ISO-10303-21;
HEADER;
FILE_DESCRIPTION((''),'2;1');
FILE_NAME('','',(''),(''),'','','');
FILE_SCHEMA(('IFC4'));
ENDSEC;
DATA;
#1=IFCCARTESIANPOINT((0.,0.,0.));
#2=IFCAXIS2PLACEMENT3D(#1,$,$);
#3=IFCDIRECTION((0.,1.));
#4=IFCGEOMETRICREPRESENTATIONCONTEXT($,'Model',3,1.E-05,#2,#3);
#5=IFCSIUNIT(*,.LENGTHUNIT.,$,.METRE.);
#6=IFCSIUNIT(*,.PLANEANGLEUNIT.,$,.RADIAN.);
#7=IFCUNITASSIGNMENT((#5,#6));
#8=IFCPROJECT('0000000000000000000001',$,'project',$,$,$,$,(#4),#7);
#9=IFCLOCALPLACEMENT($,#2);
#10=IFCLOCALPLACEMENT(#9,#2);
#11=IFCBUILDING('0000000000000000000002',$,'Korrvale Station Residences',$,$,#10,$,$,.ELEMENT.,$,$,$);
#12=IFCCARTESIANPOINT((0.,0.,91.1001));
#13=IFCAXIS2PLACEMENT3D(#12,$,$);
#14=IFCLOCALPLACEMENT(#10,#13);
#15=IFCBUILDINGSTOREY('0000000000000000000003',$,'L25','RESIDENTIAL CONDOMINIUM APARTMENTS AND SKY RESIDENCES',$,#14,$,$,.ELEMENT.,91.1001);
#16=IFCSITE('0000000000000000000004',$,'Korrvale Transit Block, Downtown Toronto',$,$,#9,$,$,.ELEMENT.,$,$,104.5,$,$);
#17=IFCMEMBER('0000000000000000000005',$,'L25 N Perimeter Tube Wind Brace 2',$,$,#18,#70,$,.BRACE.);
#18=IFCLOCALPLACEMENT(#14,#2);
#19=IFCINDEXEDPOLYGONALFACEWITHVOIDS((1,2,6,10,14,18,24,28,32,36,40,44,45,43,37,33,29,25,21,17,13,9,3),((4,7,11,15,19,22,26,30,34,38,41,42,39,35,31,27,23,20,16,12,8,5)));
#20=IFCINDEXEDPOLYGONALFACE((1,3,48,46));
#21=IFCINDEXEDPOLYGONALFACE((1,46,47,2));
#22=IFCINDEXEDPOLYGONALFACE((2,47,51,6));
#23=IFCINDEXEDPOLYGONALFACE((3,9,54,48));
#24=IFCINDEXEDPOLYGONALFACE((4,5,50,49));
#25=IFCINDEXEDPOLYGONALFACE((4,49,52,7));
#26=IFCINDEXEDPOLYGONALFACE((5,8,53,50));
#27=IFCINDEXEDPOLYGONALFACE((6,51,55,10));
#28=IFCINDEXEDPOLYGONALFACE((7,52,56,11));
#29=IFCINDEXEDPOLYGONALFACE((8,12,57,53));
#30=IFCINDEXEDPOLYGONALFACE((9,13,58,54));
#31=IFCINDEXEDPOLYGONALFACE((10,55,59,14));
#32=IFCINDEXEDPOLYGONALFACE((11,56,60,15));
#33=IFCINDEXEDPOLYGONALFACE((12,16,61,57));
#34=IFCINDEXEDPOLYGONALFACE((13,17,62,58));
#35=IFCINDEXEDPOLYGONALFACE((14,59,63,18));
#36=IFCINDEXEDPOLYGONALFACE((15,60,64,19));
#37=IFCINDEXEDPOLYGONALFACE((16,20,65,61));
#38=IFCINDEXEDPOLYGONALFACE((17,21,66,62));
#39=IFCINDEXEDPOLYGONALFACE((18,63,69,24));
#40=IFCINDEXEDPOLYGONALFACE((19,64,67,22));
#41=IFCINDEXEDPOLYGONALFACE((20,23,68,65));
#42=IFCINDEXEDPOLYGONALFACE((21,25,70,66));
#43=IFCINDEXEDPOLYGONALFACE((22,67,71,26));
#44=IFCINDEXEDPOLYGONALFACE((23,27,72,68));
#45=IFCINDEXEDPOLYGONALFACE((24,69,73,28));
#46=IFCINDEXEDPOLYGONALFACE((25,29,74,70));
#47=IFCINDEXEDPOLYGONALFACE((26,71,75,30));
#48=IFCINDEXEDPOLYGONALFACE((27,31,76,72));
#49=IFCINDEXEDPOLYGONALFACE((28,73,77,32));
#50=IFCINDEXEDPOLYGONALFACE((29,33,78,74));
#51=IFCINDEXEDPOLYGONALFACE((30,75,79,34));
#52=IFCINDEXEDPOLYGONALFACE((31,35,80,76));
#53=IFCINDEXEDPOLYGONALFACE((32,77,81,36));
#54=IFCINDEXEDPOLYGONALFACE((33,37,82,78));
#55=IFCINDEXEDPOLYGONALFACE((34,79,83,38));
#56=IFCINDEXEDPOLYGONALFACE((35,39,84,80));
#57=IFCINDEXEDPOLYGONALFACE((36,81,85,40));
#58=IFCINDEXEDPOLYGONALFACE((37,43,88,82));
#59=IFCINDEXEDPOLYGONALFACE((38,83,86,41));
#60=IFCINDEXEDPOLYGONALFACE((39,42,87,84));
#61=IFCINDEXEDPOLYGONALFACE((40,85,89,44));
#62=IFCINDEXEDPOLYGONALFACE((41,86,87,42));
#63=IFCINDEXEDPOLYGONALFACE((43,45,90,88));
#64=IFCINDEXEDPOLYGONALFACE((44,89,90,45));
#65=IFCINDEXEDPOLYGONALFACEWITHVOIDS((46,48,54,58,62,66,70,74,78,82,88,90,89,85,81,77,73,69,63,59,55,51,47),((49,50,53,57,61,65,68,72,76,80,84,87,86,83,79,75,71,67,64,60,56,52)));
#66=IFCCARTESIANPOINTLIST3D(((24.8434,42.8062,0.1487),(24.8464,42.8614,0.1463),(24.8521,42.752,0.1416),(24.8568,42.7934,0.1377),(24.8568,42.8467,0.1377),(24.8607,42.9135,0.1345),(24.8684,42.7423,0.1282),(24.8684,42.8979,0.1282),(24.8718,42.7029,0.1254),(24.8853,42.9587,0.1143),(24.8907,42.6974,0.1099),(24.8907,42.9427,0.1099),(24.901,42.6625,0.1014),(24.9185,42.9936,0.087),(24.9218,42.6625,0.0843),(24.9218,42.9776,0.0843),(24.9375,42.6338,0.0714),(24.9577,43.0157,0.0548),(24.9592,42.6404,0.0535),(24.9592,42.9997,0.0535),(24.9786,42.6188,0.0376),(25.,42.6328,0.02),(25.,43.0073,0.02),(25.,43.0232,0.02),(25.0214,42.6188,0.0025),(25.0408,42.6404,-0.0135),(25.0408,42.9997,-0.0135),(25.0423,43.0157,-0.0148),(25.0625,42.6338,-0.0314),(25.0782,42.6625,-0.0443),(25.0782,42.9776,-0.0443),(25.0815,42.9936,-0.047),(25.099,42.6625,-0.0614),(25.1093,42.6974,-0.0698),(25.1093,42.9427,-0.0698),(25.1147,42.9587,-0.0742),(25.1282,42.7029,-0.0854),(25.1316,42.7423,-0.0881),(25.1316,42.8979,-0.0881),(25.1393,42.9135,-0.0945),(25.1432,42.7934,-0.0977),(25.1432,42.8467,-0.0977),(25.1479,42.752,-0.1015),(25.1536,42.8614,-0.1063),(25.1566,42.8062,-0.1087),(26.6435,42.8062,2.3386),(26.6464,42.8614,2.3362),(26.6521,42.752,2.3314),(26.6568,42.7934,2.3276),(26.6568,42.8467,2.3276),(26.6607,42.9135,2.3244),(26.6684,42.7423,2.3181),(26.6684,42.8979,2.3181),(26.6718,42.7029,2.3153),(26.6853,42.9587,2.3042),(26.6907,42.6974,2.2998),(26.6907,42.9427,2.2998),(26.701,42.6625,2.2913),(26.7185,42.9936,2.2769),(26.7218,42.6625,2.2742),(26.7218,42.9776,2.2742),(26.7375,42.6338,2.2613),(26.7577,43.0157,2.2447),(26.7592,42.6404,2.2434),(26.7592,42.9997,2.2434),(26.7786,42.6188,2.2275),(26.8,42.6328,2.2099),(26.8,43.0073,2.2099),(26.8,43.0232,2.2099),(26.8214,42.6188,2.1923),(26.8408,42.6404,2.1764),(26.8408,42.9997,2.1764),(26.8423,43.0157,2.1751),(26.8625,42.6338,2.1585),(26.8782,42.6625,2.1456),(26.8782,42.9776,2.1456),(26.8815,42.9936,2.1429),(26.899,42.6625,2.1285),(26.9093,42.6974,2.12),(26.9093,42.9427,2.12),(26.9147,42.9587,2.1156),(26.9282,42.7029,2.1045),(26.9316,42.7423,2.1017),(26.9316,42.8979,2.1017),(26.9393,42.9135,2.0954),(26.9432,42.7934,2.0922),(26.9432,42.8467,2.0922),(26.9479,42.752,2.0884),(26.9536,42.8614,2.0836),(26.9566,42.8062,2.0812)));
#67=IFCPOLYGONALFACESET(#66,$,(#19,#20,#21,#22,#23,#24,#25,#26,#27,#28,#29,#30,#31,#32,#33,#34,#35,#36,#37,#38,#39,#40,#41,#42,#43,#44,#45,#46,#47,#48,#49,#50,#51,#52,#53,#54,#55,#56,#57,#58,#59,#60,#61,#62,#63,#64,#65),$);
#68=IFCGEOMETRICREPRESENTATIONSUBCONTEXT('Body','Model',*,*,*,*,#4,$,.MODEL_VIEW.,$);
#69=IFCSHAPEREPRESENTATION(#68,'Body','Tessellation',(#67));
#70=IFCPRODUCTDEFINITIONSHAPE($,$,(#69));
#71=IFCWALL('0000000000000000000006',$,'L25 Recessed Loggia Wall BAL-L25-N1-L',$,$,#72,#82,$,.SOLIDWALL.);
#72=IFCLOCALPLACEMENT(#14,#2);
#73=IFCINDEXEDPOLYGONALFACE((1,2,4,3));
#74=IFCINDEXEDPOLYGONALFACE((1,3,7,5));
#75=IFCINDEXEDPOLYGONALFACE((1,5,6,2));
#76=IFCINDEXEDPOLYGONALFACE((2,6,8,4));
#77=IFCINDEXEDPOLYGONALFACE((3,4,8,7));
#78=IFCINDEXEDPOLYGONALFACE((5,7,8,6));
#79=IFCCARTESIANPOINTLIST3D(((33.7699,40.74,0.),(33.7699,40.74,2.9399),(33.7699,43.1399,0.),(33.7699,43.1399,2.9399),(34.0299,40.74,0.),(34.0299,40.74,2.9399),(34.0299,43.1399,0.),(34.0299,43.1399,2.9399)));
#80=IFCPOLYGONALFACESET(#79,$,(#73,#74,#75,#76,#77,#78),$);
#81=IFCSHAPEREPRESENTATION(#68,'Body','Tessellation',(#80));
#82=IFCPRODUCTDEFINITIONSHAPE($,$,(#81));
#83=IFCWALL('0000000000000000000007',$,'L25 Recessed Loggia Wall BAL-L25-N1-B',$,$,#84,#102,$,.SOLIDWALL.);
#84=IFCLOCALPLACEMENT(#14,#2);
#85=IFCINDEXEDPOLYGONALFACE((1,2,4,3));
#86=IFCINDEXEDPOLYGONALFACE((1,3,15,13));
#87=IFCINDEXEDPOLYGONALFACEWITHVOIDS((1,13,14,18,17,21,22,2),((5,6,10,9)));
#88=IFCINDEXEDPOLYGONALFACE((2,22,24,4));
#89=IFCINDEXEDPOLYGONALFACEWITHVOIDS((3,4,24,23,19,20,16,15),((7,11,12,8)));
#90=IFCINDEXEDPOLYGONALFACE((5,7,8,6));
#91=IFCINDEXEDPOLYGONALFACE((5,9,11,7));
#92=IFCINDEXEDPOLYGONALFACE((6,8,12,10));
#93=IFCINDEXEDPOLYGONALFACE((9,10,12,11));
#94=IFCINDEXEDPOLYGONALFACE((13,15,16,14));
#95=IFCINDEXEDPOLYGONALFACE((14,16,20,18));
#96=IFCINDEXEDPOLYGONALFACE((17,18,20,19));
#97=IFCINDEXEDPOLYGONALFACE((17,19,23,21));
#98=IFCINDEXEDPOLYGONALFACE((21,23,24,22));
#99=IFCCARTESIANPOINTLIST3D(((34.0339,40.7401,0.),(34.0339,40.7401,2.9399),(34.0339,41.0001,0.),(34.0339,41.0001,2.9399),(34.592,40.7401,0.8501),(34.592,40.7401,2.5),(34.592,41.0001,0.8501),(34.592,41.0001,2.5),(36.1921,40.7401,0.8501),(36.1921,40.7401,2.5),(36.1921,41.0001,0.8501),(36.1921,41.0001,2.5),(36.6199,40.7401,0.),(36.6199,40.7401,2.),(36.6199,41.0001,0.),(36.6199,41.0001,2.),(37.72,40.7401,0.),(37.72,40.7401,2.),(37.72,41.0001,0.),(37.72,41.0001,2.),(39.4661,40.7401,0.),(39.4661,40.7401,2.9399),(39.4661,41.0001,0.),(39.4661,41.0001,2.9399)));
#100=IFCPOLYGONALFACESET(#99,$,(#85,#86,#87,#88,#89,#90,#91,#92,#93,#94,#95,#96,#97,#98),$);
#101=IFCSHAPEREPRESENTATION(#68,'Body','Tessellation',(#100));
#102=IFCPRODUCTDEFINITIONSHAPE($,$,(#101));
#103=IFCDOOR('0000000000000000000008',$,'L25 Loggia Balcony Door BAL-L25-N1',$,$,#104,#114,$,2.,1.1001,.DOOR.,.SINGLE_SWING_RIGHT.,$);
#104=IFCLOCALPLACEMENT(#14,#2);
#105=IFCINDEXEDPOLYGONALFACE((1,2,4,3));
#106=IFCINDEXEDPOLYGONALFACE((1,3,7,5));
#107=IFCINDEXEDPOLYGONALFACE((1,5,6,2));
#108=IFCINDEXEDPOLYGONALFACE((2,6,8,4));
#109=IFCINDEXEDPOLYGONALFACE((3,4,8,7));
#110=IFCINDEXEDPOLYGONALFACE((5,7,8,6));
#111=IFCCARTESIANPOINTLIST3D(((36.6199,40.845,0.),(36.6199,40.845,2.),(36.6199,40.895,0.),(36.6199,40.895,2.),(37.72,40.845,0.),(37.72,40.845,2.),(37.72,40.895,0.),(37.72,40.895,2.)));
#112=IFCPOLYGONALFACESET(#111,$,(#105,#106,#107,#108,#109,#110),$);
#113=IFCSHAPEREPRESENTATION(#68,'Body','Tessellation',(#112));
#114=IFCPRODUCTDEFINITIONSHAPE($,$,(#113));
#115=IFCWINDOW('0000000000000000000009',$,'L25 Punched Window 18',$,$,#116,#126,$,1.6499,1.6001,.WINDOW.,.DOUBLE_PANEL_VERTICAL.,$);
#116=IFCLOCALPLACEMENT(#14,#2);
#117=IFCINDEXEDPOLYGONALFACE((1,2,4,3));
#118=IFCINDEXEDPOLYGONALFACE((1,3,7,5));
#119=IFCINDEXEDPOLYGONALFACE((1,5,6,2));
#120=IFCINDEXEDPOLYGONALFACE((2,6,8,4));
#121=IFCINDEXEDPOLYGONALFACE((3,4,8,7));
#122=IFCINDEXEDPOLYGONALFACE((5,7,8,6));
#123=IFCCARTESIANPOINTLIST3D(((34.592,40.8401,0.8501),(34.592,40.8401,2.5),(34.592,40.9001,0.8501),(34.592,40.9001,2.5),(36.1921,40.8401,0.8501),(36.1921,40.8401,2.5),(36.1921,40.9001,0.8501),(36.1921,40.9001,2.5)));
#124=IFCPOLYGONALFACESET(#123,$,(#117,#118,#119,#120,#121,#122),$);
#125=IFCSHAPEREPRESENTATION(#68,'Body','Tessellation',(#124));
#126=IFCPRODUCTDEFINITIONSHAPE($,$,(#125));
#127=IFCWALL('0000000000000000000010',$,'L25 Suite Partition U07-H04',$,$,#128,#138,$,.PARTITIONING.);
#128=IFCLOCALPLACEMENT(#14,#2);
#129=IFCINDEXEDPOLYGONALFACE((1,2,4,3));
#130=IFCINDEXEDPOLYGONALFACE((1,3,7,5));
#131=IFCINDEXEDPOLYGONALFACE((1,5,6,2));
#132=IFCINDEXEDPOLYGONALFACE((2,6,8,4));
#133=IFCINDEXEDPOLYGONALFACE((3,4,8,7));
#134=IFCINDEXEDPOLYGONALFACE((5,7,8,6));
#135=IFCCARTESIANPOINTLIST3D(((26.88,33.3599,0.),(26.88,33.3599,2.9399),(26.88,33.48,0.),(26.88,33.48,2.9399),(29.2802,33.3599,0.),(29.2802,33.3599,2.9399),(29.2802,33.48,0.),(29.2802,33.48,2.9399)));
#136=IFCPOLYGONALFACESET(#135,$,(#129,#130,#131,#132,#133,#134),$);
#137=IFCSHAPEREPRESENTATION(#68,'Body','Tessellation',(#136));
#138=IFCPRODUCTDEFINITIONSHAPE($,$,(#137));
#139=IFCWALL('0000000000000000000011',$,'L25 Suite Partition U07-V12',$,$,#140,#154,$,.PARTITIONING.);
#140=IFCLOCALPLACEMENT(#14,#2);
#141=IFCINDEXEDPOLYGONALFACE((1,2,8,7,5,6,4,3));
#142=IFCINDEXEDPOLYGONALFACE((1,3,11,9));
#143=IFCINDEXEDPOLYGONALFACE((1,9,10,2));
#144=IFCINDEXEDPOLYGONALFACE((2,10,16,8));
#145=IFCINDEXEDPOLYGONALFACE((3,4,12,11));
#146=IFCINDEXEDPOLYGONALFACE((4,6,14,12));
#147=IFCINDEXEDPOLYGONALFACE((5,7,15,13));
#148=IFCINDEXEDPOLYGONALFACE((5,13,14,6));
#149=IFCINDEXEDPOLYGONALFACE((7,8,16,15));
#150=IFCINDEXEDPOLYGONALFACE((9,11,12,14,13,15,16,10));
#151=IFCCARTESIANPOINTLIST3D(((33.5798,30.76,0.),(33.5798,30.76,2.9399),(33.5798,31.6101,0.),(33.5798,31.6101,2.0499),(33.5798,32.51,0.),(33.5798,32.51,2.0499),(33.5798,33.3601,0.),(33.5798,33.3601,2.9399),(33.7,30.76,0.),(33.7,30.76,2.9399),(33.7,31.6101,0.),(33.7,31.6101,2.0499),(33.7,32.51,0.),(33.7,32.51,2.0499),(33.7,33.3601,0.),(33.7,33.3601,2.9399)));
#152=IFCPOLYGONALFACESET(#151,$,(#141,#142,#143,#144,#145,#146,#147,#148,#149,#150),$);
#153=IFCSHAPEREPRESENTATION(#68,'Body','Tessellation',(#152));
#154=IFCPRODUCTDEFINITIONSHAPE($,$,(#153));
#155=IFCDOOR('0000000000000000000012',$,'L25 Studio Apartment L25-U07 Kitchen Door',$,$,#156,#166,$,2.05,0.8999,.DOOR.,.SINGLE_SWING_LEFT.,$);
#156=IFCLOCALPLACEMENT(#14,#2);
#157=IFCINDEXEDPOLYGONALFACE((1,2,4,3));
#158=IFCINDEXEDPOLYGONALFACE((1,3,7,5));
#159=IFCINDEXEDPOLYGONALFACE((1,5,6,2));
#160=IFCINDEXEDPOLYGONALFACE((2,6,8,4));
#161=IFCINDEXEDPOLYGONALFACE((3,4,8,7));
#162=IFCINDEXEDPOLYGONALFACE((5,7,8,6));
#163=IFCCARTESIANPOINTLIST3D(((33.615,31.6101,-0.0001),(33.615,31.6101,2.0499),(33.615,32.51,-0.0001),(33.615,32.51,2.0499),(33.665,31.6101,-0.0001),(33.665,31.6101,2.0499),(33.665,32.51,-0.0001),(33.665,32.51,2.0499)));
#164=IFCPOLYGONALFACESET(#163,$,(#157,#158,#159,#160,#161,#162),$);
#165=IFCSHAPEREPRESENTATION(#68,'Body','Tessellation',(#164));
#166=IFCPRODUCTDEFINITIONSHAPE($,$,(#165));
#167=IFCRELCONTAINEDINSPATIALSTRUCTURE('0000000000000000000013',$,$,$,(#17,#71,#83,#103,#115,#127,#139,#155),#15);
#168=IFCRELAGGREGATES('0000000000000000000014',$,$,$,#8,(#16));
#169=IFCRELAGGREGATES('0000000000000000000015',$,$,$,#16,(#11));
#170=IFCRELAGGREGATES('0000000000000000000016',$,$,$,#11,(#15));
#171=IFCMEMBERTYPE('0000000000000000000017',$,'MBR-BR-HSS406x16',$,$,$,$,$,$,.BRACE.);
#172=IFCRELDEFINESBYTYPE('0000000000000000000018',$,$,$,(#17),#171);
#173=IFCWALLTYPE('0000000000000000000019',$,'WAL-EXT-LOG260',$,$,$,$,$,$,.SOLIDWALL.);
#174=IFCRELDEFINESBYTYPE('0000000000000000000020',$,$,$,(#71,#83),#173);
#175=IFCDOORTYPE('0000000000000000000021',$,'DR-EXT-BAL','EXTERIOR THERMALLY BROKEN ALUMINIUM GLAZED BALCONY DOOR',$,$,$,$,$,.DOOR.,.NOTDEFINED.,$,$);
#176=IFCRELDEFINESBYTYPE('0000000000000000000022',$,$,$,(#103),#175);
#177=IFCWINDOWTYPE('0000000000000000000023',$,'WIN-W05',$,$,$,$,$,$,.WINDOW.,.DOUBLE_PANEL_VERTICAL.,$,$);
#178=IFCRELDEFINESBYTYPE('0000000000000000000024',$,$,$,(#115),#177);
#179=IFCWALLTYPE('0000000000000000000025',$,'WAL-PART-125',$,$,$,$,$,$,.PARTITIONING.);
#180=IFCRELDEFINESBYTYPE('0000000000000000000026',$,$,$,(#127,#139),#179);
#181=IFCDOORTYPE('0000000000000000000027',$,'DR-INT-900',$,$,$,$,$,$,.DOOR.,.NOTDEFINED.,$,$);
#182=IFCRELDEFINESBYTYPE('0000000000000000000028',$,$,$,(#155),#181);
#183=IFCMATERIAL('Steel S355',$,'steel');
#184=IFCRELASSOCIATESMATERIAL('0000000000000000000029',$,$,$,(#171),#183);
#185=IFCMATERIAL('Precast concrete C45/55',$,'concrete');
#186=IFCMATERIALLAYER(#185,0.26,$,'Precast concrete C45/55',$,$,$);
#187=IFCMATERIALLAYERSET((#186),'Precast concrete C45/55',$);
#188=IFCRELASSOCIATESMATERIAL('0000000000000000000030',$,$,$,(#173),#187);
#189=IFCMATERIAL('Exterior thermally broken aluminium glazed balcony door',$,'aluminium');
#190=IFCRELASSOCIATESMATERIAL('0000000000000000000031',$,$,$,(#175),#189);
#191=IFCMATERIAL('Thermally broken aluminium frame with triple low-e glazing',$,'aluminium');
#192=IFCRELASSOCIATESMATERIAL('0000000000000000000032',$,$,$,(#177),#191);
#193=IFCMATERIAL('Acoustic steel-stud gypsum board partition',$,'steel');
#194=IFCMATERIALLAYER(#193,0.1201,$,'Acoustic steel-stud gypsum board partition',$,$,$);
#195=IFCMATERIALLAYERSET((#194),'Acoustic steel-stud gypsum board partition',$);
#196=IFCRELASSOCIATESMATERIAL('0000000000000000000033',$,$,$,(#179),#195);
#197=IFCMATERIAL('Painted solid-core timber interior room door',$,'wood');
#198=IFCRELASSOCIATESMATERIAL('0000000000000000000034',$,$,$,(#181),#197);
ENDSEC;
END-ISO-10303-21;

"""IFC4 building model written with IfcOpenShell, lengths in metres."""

from ifc_helpers import new_model, si_unit, direction, frame, frame_2d, origin, origin_2d, place, context, subcontext, project, spatial, rectangle, hollow_circle, extrude, material, layer, layer_set, material_profile, profile_set, type_object, element, fill, save


model = new_model("IFC4")

# Units and contexts
model_context = context("Model", 3, precision=1e-05, world=origin(), true_north=direction((0.0, 1.0)))
body_context = subcontext(model_context, "Body", "Model", "MODEL_VIEW")
ifc_project = project(units=[si_unit("LENGTHUNIT", "METRE"), si_unit("PLANEANGLEUNIT", "RADIAN")], contexts=[model_context])

# Site, building, storey
site_placement = place(None, origin())
site = spatial("IfcSite", under=ifc_project, at=site_placement, Name="Korrvale Transit Block, Downtown Toronto", CompositionType="ELEMENT", RefElevation=104.5)
building_placement = place(site_placement, origin())
building = spatial("IfcBuilding", under=site, at=building_placement, Name="Korrvale Station Residences", CompositionType="ELEMENT")
storey_placement = place(building_placement, frame((0.0, 0.0, 91.1001)))
storey = spatial("IfcBuildingStorey", under=building, at=storey_placement, Name="L25", Description="RESIDENTIAL CONDOMINIUM APARTMENTS AND SKY RESIDENCES", CompositionType="ELEMENT", Elevation=91.1001)

# Shared definitions
ifc_material_1 = material(Name="Steel S355", Category="steel")

# Member
ifc_material_profile_1 = material_profile(ifc_material_1, hollow_circle(Radius=0.2031, WallThickness=0.0159, at=origin_2d()), Name="HSS406x16")
ifc_profile_set_1 = profile_set([ifc_material_profile_1], Name="Steel S355")
member_type = type_object("IfcMemberType", Name="MBR-BR-HSS406x16", PredefinedType="BRACE", material=ifc_profile_set_1)
for number, where, z_axis, x_axis, name in (
    (1, (25.0, 42.8201, 0.02), (0.634985, 0.0, 0.772524), (0.0, 1.0, 0.0), "L25 N Perimeter Tube Wind Brace 2"),
):
    element("IfcMember", number, at=place(storey_placement, frame(where, z_axis=z_axis, x_axis=x_axis)), inside=storey, type_object=member_type, Name=name, PredefinedType="BRACE", context=body_context, shape_type="SweptSolid", body=[
        extrude(hollow_circle(Radius=0.2031, WallThickness=0.0159, at=origin_2d()), origin(), (0.0, 0.0, 1.0), 2.8347),
    ])

# Wall
ifc_material_2 = material(Name="Precast concrete C45/55", Category="concrete")
ifc_layer_1 = layer(ifc_material_2, 0.26, Name="Precast concrete C45/55")
ifc_layer_set_1 = layer_set([ifc_layer_1], Name="Precast concrete C45/55")
wall_type_1 = type_object("IfcWallType", Name="WAL-EXT-LOG260", PredefinedType="SOLIDWALL", material=ifc_layer_set_1)
wall_1_placement = place(storey_placement, frame((33.8999, 43.1399, 0.0), z_axis=(0.0, 0.0, 1.0), x_axis=(0.0, -1.0, 0.0)))
element("IfcWall", 2, at=wall_1_placement, inside=storey, type_object=wall_type_1, Name="L25 Recessed Loggia Wall BAL-L25-N1-L", PredefinedType="SOLIDWALL", context=body_context, shape_type="SweptSolid", body=[
    extrude(rectangle(XDim=2.3999, YDim=0.26, at=frame_2d((1.2, 0.0))), origin(), (0.0, 0.0, 1.0), 2.9399),
])

# Wall, openings, door, window
wall_2_placement = place(storey_placement, frame((34.0339, 40.8701, 0.0), z_axis=(0.0, 0.0, 1.0), x_axis=(1.0, 0.0, 0.0)))
wall_2 = element("IfcWall", 3, at=wall_2_placement, inside=storey, type_object=wall_type_1, Name="L25 Recessed Loggia Wall BAL-L25-N1-B", PredefinedType="SOLIDWALL", context=body_context, shape_type="SweptSolid", body=[
    extrude(rectangle(XDim=5.4321, YDim=0.26, at=frame_2d((2.7161, 0.0))), origin(), (0.0, 0.0, 1.0), 2.9399),
])
opening_1_placement = place(wall_2_placement, frame((2.5859, 0.0, 0.0)))
opening_1 = element("IfcOpeningElement", 4, at=opening_1_placement, cuts=wall_2, PredefinedType="OPENING", context=body_context, shape_type="SweptSolid", body=[
    extrude(rectangle(XDim=1.1001, YDim=2.0, at=frame_2d((0.55, 1.0))), frame((0.0, 0.1401, 0.0), z_axis=(0.0, -1.0, 0.0), x_axis=(1.0, 0.0, 0.0)), (0.0, 0.0, 1.0), 0.28),
])
opening_2_placement = place(wall_2_placement, frame((0.5581, 0.0, 0.8501)))
opening_2 = element("IfcOpeningElement", 5, at=opening_2_placement, cuts=wall_2, PredefinedType="OPENING", context=body_context, shape_type="SweptSolid", body=[
    extrude(rectangle(XDim=1.6001, YDim=1.6499, at=frame_2d((0.8, 0.825))), frame((0.0, 0.1401, 0.0), z_axis=(0.0, -1.0, 0.0), x_axis=(1.0, 0.0, 0.0)), (0.0, 0.0, 1.0), 0.28),
])
ifc_material_3 = material(Name="Exterior thermally broken aluminium glazed balcony door", Category="aluminium")
door_type_1 = type_object("IfcDoorType", Name="DR-EXT-BAL", Description="EXTERIOR THERMALLY BROKEN ALUMINIUM GLAZED BALCONY DOOR", OperationType="NOTDEFINED", PredefinedType="DOOR", material=ifc_material_3)
door_1_placement = place(opening_1_placement, origin())
door_1 = element("IfcDoor", 6, at=door_1_placement, inside=storey, type_object=door_type_1, Name="L25 Loggia Balcony Door BAL-L25-N1", OperationType="SINGLE_SWING_RIGHT", OverallHeight=2.0, OverallWidth=1.1001, PredefinedType="DOOR", context=body_context, shape_type="SweptSolid", body=[
    extrude(rectangle(XDim=1.1001, YDim=2.0, at=frame_2d((0.55, 1.0))), frame((0.0, 0.0249, 0.0), z_axis=(0.0, -1.0, 0.0), x_axis=(1.0, 0.0, 0.0)), (0.0, 0.0, 1.0), 0.05),
])
fill(opening_1, door_1)
ifc_material_4 = material(Name="Thermally broken aluminium frame with triple low-e glazing", Category="aluminium")
window_type = type_object("IfcWindowType", Name="WIN-W05", PartitioningType="DOUBLE_PANEL_VERTICAL", PredefinedType="WINDOW", material=ifc_material_4)
window_placement = place(opening_2_placement, origin())
window = element("IfcWindow", 7, at=window_placement, inside=storey, type_object=window_type, Name="L25 Punched Window 18", OverallHeight=1.6499, OverallWidth=1.6001, PartitioningType="DOUBLE_PANEL_VERTICAL", PredefinedType="WINDOW", context=body_context, shape_type="SweptSolid", body=[
    extrude(rectangle(XDim=1.6001, YDim=1.6499, at=frame_2d((0.8, 0.825))), frame((0.0, 0.03, 0.0), z_axis=(0.0, -1.0, 0.0), x_axis=(1.0, 0.0, 0.0)), (0.0, 0.0, 1.0), 0.0601),
])
fill(opening_2, window)

# Wall
ifc_material_5 = material(Name="Acoustic steel-stud gypsum board partition", Category="steel")
ifc_layer_2 = layer(ifc_material_5, 0.1201, Name="Acoustic steel-stud gypsum board partition")
ifc_layer_set_2 = layer_set([ifc_layer_2], Name="Acoustic steel-stud gypsum board partition")
wall_type_2 = type_object("IfcWallType", Name="WAL-PART-125", PredefinedType="PARTITIONING", material=ifc_layer_set_2)
wall_3_placement = place(storey_placement, frame((26.8799, 33.4199, 0.0), z_axis=(0.0, 0.0, 1.0), x_axis=(1.0, 0.0, 0.0)))
element("IfcWall", 8, at=wall_3_placement, inside=storey, type_object=wall_type_2, Name="L25 Suite Partition U07-H04", PredefinedType="PARTITIONING", context=body_context, shape_type="SweptSolid", body=[
    extrude(rectangle(XDim=2.4001, YDim=0.1201, at=frame_2d((1.2002, 0.0))), origin(), (0.0, 0.0, 1.0), 2.9399),
])

# Wall, opening, door
wall_4_placement = place(storey_placement, frame((33.6399, 30.76, 0.0), z_axis=(0.0, 0.0, 1.0), x_axis=(0.0, 1.0, 0.0)))
wall_4 = element("IfcWall", 9, at=wall_4_placement, inside=storey, type_object=wall_type_2, Name="L25 Suite Partition U07-V12", PredefinedType="PARTITIONING", context=body_context, shape_type="SweptSolid", body=[
    extrude(rectangle(XDim=2.6001, YDim=0.1201, at=frame_2d((1.3, 0.0))), origin(), (0.0, 0.0, 1.0), 2.9399),
])
opening_3_placement = place(wall_4_placement, frame((0.8501, 0.0, 0.0)))
opening_3 = element("IfcOpeningElement", 10, at=opening_3_placement, cuts=wall_4, PredefinedType="OPENING", context=body_context, shape_type="SweptSolid", body=[
    extrude(rectangle(XDim=0.8999, YDim=2.05, at=frame_2d((0.45, 1.0249))), frame((0.0, 0.0701, 0.0), z_axis=(0.0, -1.0, 0.0), x_axis=(1.0, 0.0, 0.0)), (0.0, 0.0, 1.0), 0.1401),
])
ifc_material_6 = material(Name="Painted solid-core timber interior room door", Category="wood")
door_type_2 = type_object("IfcDoorType", Name="DR-INT-900", OperationType="NOTDEFINED", PredefinedType="DOOR", material=ifc_material_6)
door_2_placement = place(opening_3_placement, origin())
door_2 = element("IfcDoor", 11, at=door_2_placement, inside=storey, type_object=door_type_2, Name="L25 Studio Apartment L25-U07 Kitchen Door", OperationType="SINGLE_SWING_LEFT", OverallHeight=2.05, OverallWidth=0.8999, PredefinedType="DOOR", context=body_context, shape_type="SweptSolid", body=[
    extrude(rectangle(XDim=0.8999, YDim=2.05, at=frame_2d((0.45, 1.0249))), frame((0.0, 0.0249, 0.0), z_axis=(0.0, -1.0, 0.0), x_axis=(1.0, 0.0, 0.0)), (0.0, 0.0, 1.0), 0.05),
])
fill(opening_3, door_2)

save(model, "model.ifc")
